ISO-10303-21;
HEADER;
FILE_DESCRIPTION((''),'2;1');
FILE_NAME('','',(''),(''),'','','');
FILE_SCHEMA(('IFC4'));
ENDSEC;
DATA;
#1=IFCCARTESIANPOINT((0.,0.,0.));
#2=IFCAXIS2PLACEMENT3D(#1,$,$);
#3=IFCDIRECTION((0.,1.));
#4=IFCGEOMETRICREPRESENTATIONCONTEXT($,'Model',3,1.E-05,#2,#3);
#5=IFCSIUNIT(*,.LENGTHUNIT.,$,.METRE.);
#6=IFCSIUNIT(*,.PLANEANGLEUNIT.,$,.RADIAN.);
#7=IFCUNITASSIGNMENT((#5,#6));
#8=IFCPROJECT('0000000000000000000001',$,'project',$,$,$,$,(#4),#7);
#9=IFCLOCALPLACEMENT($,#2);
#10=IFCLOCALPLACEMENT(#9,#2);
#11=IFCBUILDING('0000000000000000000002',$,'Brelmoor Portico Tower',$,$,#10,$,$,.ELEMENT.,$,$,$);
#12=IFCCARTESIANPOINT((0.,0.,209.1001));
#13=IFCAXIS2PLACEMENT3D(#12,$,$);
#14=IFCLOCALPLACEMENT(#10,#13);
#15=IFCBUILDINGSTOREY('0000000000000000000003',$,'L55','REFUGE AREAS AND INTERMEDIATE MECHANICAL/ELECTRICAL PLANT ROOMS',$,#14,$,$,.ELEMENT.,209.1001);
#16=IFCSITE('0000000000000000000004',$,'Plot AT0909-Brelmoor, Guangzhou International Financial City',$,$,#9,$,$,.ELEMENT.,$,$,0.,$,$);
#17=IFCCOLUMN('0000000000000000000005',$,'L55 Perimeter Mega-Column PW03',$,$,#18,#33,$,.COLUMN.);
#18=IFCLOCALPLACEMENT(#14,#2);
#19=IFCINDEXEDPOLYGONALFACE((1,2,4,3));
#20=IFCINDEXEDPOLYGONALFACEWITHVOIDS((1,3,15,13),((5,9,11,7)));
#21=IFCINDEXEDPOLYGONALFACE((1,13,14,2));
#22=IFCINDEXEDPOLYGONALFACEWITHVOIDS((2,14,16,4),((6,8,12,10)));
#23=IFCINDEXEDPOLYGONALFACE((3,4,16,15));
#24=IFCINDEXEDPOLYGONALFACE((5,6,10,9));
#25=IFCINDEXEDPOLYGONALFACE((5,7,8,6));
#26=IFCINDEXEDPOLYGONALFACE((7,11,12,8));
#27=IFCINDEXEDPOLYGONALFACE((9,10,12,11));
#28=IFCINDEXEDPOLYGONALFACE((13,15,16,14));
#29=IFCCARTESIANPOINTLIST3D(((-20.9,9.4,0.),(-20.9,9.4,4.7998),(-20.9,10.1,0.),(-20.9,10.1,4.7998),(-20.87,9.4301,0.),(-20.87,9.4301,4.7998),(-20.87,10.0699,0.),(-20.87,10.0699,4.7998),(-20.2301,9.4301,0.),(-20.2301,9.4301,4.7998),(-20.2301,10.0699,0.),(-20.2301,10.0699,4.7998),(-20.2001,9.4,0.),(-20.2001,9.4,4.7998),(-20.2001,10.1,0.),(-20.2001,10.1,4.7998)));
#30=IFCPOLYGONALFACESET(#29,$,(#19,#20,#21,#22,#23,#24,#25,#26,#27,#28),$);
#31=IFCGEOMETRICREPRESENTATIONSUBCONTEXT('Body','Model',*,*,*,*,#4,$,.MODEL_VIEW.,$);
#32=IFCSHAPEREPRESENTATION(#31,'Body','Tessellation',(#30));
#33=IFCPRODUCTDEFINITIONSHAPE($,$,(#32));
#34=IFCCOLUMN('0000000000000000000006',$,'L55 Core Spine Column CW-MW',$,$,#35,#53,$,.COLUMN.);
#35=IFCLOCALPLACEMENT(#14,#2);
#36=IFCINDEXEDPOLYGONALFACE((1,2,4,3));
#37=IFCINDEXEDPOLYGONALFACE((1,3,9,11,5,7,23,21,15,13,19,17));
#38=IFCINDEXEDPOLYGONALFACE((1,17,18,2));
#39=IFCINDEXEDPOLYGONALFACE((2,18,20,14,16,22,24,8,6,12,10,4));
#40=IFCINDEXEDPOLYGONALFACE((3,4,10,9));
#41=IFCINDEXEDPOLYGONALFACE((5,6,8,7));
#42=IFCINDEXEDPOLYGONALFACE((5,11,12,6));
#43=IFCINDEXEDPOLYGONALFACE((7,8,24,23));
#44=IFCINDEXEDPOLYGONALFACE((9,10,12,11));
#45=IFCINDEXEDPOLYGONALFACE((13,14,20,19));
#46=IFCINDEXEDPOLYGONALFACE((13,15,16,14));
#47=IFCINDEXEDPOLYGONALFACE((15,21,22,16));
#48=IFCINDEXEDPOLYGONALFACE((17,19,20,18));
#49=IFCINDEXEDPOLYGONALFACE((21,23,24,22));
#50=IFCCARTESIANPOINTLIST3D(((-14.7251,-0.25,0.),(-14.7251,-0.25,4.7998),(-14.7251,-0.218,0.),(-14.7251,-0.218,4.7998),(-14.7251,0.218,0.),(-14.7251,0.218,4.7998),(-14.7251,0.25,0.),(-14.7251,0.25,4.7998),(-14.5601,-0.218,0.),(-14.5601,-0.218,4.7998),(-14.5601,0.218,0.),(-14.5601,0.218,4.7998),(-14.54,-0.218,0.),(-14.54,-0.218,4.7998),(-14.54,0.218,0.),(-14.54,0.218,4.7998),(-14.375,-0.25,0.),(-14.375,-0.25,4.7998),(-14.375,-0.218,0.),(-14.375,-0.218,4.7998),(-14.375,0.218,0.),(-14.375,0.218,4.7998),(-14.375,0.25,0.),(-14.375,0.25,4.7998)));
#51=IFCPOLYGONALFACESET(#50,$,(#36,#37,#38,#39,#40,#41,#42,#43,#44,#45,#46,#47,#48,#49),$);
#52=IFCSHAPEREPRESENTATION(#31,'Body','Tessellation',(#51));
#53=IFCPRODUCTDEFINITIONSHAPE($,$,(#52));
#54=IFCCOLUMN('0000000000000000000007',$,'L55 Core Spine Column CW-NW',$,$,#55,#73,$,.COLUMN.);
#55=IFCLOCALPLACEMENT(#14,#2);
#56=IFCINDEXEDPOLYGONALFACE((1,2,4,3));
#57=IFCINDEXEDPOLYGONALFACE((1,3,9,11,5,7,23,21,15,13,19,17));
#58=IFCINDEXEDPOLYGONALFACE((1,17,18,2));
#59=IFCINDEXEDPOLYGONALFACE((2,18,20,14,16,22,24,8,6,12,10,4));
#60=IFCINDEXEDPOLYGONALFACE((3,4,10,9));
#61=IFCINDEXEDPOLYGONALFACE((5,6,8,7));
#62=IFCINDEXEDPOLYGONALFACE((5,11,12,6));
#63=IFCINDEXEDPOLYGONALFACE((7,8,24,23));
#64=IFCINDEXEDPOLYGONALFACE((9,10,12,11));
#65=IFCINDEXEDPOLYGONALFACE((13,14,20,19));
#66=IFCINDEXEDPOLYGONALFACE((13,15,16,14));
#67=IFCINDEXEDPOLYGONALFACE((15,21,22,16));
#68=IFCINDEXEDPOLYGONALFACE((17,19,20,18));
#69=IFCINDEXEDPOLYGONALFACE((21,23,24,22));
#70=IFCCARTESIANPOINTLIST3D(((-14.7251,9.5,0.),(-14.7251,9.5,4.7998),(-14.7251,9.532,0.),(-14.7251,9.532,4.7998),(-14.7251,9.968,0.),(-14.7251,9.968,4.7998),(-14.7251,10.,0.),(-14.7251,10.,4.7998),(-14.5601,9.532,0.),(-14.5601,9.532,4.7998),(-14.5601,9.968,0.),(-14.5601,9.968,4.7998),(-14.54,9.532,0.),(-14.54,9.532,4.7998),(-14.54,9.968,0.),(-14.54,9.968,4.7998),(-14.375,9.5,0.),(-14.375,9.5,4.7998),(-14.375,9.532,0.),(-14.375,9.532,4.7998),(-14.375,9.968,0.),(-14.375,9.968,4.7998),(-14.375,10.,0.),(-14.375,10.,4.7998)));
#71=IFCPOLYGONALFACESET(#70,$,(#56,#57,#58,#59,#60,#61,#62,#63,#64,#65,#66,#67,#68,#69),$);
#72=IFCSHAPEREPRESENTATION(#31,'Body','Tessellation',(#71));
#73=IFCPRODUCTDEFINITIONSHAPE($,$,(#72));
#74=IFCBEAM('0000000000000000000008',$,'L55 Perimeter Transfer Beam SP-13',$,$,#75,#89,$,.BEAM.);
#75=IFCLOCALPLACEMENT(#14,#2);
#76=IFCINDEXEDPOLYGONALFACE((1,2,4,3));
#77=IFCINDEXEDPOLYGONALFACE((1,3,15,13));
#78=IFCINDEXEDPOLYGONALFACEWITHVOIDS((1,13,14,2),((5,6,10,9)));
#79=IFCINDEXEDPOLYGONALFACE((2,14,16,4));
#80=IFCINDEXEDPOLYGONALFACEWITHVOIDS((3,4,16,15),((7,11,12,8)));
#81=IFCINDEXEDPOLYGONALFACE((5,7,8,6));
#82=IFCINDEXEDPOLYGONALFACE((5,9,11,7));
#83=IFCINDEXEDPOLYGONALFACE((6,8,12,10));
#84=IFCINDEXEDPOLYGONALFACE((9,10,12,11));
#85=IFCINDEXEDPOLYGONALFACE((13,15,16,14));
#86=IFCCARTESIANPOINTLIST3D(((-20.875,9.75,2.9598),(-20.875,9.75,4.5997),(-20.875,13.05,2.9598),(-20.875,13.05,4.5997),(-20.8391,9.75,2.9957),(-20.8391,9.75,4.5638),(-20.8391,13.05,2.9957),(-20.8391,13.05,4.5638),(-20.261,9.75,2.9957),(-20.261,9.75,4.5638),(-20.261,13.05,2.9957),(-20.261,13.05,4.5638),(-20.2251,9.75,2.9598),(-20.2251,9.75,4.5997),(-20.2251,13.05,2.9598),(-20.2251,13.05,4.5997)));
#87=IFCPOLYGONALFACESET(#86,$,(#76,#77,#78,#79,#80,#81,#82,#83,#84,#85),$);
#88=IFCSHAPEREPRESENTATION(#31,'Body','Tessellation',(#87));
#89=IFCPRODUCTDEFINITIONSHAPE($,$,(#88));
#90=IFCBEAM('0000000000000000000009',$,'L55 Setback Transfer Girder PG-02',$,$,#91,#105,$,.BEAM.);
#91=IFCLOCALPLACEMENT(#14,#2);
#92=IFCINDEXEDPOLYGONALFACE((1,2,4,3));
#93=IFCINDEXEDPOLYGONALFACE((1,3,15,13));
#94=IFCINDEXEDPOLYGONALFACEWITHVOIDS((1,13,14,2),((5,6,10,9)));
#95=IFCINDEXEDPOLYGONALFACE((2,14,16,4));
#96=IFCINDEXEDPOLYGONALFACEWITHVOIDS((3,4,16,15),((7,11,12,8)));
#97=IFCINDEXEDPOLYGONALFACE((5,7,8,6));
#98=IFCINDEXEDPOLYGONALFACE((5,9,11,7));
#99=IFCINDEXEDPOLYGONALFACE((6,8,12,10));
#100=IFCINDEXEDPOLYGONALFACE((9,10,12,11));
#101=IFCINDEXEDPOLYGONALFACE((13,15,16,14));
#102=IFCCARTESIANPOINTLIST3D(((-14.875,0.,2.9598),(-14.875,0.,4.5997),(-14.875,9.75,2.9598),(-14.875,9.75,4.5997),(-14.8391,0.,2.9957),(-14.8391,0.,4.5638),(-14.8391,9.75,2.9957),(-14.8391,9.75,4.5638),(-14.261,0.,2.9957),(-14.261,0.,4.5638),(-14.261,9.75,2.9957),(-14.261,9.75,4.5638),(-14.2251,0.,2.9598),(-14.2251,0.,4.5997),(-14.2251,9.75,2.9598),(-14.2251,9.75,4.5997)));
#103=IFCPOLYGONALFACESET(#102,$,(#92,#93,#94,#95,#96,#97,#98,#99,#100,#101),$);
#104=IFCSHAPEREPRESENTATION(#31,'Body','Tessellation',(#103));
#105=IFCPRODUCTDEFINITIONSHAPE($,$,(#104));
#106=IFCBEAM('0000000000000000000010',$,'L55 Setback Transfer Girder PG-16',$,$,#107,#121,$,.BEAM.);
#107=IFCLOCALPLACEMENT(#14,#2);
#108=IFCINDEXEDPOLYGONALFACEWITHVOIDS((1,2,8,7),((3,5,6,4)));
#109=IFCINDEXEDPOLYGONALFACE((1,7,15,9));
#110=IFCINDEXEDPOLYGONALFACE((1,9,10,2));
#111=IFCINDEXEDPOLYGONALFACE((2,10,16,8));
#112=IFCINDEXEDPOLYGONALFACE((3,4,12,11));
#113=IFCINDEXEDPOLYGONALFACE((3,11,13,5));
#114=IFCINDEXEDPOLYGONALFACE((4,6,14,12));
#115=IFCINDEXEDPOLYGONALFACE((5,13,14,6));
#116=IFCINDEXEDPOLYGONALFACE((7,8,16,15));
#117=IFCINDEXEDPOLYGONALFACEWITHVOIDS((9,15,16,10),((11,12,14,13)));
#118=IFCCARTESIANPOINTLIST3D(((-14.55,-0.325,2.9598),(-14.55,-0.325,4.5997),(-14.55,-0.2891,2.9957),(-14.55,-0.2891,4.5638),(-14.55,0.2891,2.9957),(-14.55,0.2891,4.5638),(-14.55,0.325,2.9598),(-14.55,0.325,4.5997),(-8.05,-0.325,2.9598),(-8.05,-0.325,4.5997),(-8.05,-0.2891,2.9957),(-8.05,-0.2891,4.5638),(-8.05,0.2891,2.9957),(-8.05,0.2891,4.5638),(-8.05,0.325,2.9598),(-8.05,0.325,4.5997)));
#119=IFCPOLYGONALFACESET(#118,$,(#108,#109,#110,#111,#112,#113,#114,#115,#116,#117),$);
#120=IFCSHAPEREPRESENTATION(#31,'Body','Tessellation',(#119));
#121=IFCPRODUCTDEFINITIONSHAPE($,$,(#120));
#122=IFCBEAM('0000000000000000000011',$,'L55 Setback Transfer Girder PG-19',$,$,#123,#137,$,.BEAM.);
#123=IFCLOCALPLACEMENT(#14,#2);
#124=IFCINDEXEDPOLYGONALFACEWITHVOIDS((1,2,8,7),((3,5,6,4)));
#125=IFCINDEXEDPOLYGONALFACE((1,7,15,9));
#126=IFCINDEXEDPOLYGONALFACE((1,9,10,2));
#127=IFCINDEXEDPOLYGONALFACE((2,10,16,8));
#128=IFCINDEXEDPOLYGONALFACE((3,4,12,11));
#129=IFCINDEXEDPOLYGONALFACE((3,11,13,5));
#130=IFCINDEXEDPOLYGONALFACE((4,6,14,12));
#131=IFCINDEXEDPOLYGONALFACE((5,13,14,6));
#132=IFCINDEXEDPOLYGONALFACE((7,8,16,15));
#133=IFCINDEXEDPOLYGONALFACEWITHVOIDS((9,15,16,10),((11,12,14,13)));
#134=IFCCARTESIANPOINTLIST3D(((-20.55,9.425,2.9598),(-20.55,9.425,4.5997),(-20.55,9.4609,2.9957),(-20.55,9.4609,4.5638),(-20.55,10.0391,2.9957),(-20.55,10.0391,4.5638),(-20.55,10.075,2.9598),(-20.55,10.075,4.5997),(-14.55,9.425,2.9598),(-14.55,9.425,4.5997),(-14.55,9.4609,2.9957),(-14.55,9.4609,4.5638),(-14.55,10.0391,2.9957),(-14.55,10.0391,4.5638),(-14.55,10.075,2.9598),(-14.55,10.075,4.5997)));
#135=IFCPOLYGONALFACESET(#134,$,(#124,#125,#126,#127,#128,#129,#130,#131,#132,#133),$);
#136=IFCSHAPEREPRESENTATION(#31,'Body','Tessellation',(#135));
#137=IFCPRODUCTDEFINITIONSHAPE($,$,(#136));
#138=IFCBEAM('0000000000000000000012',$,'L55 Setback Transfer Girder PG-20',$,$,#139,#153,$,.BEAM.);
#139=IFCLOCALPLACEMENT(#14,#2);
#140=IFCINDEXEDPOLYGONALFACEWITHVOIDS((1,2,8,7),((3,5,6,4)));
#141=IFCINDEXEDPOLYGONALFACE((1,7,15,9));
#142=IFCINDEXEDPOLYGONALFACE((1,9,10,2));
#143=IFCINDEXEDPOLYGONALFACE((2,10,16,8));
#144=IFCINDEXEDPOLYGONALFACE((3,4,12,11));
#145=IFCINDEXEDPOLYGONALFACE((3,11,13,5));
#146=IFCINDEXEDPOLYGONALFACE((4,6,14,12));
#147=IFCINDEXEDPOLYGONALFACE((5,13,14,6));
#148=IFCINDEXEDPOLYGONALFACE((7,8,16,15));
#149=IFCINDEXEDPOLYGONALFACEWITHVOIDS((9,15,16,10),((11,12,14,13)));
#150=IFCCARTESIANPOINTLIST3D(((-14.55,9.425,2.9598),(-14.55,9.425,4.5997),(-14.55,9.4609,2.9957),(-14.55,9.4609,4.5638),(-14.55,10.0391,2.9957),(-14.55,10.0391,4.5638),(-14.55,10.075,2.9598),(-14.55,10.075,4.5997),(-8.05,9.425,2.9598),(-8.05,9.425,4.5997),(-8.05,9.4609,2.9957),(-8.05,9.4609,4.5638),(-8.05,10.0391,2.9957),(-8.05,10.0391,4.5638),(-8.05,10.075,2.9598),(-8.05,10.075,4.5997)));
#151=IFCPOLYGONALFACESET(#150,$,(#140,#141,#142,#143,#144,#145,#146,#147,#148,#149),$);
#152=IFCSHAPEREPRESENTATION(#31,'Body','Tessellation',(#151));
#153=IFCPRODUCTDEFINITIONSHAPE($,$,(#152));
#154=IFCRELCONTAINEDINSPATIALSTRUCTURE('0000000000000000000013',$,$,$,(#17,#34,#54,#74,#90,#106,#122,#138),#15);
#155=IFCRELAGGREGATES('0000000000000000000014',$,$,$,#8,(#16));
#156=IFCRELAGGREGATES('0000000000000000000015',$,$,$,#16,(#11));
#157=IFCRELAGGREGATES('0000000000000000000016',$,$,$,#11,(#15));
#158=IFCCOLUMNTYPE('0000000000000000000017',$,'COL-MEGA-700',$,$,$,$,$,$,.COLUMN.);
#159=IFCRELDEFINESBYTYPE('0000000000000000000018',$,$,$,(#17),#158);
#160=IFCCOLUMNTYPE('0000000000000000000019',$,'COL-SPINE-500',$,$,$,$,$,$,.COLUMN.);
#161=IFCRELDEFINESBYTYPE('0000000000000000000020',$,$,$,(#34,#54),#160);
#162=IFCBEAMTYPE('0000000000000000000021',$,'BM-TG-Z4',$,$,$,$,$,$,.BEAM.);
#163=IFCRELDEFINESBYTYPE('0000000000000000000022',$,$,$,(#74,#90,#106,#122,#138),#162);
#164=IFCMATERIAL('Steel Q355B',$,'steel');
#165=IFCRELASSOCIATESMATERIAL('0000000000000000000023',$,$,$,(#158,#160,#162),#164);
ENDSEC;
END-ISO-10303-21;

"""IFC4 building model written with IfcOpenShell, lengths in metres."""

from ifc_helpers import new_model, si_unit, direction, frame, origin, origin_2d, place, context, subcontext, project, spatial, hollow_rectangle, i_section, extrude, material, material_profile, profile_set, type_object, element, save


model = new_model("IFC4")

# Units and contexts
model_context = context("Model", 3, precision=1e-05, world=origin(), true_north=direction((0.0, 1.0)))
body_context = subcontext(model_context, "Body", "Model", "MODEL_VIEW")
ifc_project = project(units=[si_unit("LENGTHUNIT", "METRE"), si_unit("PLANEANGLEUNIT", "RADIAN")], contexts=[model_context])

# Site, building, storey
site_placement = place(None, origin())
site = spatial("IfcSite", under=ifc_project, at=site_placement, Name="Plot AT0909-Brelmoor, Guangzhou International Financial City", CompositionType="ELEMENT", RefElevation=0.0)
building_placement = place(site_placement, origin())
building = spatial("IfcBuilding", under=site, at=building_placement, Name="Brelmoor Portico Tower", CompositionType="ELEMENT")
storey_placement = place(building_placement, frame((0.0, 0.0, 209.1001)))
storey = spatial("IfcBuildingStorey", under=building, at=storey_placement, Name="L55", Description="REFUGE AREAS AND INTERMEDIATE MECHANICAL/ELECTRICAL PLANT ROOMS", CompositionType="ELEMENT", Elevation=209.1001)

# Columns
ifc_material_1 = material(Name="Steel Q355B", Category="steel")
ifc_material_profile_1 = material_profile(ifc_material_1, hollow_rectangle(XDim=0.7, YDim=0.7, WallThickness=0.03, at=origin_2d()), Name="BOX 700x700x30")
ifc_profile_set_1 = profile_set([ifc_material_profile_1], Name="Steel Q355B")
column_type_1 = type_object("IfcColumnType", Name="COL-MEGA-700", PredefinedType="COLUMN", material=ifc_profile_set_1)
column_placement = place(storey_placement, frame((-20.55, 9.75, 0.0), z_axis=(0.0, 0.0, 1.0), x_axis=(0.0, 1.0, 0.0)))
element("IfcColumn", 1, at=column_placement, inside=storey, type_object=column_type_1, Name="L55 Perimeter Mega-Column PW03", PredefinedType="COLUMN", context=body_context, shape_type="SweptSolid", body=[
    extrude(hollow_rectangle(XDim=0.7, YDim=0.7, WallThickness=0.03, at=origin_2d()), origin(), (0.0, 0.0, 1.0), 4.7998),
])
ifc_material_profile_2 = material_profile(ifc_material_1, i_section(OverallWidth=0.3501, OverallDepth=0.5, WebThickness=0.02, FlangeThickness=0.032, at=origin_2d()), Name="HW 500x350x20x32")
ifc_profile_set_2 = profile_set([ifc_material_profile_2], Name="Steel Q355B")
column_type_2 = type_object("IfcColumnType", Name="COL-SPINE-500", PredefinedType="COLUMN", material=ifc_profile_set_2)
for number, where, z_axis, x_axis, name in (
    (2, (-14.55, 0.0, 0.0), (0.0, 0.0, 1.0), (1.0, 0.0, 0.0), "L55 Core Spine Column CW-MW"),
    (3, (-14.55, 9.75, 0.0), (0.0, 0.0, 1.0), (1.0, 0.0, 0.0), "L55 Core Spine Column CW-NW"),
):
    element("IfcColumn", number, at=place(storey_placement, frame(where, z_axis=z_axis, x_axis=x_axis)), inside=storey, type_object=column_type_2, Name=name, PredefinedType="COLUMN", context=body_context, shape_type="SweptSolid", body=[
        extrude(i_section(OverallWidth=0.3501, OverallDepth=0.5, WebThickness=0.02, FlangeThickness=0.032, at=origin_2d()), origin(), (0.0, 0.0, 1.0), 4.7998),
    ])

# Beams
ifc_material_profile_3 = material_profile(ifc_material_1, hollow_rectangle(XDim=0.6499, YDim=1.6399, WallThickness=0.0359, at=origin_2d()), Name="BOX 650x1640x36")
ifc_profile_set_3 = profile_set([ifc_material_profile_3], Name="Steel Q355B")
beam_type = type_object("IfcBeamType", Name="BM-TG-Z4", PredefinedType="BEAM", material=ifc_profile_set_3)
beam_1_placement = place(storey_placement, frame((-20.55, 9.75, 3.7798), z_axis=(0.0, 1.0, 0.0), x_axis=(-1.0, 0.0, 0.0)))
element("IfcBeam", 4, at=beam_1_placement, inside=storey, type_object=beam_type, Name="L55 Perimeter Transfer Beam SP-13", PredefinedType="BEAM", context=body_context, shape_type="SweptSolid", body=[
    extrude(hollow_rectangle(XDim=0.6499, YDim=1.6399, WallThickness=0.0359, at=origin_2d()), origin(), (0.0, 0.0, 1.0), 3.3),
])
beam_2_placement = place(storey_placement, frame((-14.55, 0.0, 3.7798), z_axis=(0.0, 1.0, 0.0), x_axis=(-1.0, 0.0, 0.0)))
element("IfcBeam", 5, at=beam_2_placement, inside=storey, type_object=beam_type, Name="L55 Setback Transfer Girder PG-02", PredefinedType="BEAM", context=body_context, shape_type="SweptSolid", body=[
    extrude(hollow_rectangle(XDim=0.6499, YDim=1.6399, WallThickness=0.0359, at=origin_2d()), origin(), (0.0, 0.0, 1.0), 9.75),
])
beam_3_placement = place(storey_placement, frame((-14.55, 0.0, 3.7798), z_axis=(1.0, 0.0, 0.0), x_axis=(0.0, 1.0, 0.0)))
element("IfcBeam", 6, at=beam_3_placement, inside=storey, type_object=beam_type, Name="L55 Setback Transfer Girder PG-16", PredefinedType="BEAM", context=body_context, shape_type="SweptSolid", body=[
    extrude(hollow_rectangle(XDim=0.6499, YDim=1.6399, WallThickness=0.0359, at=origin_2d()), origin(), (0.0, 0.0, 1.0), 6.5),
])
beam_4_placement = place(storey_placement, frame((-20.55, 9.75, 3.7798), z_axis=(1.0, 0.0, 0.0), x_axis=(0.0, 1.0, 0.0)))
element("IfcBeam", 7, at=beam_4_placement, inside=storey, type_object=beam_type, Name="L55 Setback Transfer Girder PG-19", PredefinedType="BEAM", context=body_context, shape_type="SweptSolid", body=[
    extrude(hollow_rectangle(XDim=0.6499, YDim=1.6399, WallThickness=0.0359, at=origin_2d()), origin(), (0.0, 0.0, 1.0), 6.0),
])
beam_5_placement = place(storey_placement, frame((-14.55, 9.75, 3.7798), z_axis=(1.0, 0.0, 0.0), x_axis=(0.0, 1.0, 0.0)))
element("IfcBeam", 8, at=beam_5_placement, inside=storey, type_object=beam_type, Name="L55 Setback Transfer Girder PG-20", PredefinedType="BEAM", context=body_context, shape_type="SweptSolid", body=[
    extrude(hollow_rectangle(XDim=0.6499, YDim=1.6399, WallThickness=0.0359, at=origin_2d()), origin(), (0.0, 0.0, 1.0), 6.5),
])

save(model, "model.ifc")
